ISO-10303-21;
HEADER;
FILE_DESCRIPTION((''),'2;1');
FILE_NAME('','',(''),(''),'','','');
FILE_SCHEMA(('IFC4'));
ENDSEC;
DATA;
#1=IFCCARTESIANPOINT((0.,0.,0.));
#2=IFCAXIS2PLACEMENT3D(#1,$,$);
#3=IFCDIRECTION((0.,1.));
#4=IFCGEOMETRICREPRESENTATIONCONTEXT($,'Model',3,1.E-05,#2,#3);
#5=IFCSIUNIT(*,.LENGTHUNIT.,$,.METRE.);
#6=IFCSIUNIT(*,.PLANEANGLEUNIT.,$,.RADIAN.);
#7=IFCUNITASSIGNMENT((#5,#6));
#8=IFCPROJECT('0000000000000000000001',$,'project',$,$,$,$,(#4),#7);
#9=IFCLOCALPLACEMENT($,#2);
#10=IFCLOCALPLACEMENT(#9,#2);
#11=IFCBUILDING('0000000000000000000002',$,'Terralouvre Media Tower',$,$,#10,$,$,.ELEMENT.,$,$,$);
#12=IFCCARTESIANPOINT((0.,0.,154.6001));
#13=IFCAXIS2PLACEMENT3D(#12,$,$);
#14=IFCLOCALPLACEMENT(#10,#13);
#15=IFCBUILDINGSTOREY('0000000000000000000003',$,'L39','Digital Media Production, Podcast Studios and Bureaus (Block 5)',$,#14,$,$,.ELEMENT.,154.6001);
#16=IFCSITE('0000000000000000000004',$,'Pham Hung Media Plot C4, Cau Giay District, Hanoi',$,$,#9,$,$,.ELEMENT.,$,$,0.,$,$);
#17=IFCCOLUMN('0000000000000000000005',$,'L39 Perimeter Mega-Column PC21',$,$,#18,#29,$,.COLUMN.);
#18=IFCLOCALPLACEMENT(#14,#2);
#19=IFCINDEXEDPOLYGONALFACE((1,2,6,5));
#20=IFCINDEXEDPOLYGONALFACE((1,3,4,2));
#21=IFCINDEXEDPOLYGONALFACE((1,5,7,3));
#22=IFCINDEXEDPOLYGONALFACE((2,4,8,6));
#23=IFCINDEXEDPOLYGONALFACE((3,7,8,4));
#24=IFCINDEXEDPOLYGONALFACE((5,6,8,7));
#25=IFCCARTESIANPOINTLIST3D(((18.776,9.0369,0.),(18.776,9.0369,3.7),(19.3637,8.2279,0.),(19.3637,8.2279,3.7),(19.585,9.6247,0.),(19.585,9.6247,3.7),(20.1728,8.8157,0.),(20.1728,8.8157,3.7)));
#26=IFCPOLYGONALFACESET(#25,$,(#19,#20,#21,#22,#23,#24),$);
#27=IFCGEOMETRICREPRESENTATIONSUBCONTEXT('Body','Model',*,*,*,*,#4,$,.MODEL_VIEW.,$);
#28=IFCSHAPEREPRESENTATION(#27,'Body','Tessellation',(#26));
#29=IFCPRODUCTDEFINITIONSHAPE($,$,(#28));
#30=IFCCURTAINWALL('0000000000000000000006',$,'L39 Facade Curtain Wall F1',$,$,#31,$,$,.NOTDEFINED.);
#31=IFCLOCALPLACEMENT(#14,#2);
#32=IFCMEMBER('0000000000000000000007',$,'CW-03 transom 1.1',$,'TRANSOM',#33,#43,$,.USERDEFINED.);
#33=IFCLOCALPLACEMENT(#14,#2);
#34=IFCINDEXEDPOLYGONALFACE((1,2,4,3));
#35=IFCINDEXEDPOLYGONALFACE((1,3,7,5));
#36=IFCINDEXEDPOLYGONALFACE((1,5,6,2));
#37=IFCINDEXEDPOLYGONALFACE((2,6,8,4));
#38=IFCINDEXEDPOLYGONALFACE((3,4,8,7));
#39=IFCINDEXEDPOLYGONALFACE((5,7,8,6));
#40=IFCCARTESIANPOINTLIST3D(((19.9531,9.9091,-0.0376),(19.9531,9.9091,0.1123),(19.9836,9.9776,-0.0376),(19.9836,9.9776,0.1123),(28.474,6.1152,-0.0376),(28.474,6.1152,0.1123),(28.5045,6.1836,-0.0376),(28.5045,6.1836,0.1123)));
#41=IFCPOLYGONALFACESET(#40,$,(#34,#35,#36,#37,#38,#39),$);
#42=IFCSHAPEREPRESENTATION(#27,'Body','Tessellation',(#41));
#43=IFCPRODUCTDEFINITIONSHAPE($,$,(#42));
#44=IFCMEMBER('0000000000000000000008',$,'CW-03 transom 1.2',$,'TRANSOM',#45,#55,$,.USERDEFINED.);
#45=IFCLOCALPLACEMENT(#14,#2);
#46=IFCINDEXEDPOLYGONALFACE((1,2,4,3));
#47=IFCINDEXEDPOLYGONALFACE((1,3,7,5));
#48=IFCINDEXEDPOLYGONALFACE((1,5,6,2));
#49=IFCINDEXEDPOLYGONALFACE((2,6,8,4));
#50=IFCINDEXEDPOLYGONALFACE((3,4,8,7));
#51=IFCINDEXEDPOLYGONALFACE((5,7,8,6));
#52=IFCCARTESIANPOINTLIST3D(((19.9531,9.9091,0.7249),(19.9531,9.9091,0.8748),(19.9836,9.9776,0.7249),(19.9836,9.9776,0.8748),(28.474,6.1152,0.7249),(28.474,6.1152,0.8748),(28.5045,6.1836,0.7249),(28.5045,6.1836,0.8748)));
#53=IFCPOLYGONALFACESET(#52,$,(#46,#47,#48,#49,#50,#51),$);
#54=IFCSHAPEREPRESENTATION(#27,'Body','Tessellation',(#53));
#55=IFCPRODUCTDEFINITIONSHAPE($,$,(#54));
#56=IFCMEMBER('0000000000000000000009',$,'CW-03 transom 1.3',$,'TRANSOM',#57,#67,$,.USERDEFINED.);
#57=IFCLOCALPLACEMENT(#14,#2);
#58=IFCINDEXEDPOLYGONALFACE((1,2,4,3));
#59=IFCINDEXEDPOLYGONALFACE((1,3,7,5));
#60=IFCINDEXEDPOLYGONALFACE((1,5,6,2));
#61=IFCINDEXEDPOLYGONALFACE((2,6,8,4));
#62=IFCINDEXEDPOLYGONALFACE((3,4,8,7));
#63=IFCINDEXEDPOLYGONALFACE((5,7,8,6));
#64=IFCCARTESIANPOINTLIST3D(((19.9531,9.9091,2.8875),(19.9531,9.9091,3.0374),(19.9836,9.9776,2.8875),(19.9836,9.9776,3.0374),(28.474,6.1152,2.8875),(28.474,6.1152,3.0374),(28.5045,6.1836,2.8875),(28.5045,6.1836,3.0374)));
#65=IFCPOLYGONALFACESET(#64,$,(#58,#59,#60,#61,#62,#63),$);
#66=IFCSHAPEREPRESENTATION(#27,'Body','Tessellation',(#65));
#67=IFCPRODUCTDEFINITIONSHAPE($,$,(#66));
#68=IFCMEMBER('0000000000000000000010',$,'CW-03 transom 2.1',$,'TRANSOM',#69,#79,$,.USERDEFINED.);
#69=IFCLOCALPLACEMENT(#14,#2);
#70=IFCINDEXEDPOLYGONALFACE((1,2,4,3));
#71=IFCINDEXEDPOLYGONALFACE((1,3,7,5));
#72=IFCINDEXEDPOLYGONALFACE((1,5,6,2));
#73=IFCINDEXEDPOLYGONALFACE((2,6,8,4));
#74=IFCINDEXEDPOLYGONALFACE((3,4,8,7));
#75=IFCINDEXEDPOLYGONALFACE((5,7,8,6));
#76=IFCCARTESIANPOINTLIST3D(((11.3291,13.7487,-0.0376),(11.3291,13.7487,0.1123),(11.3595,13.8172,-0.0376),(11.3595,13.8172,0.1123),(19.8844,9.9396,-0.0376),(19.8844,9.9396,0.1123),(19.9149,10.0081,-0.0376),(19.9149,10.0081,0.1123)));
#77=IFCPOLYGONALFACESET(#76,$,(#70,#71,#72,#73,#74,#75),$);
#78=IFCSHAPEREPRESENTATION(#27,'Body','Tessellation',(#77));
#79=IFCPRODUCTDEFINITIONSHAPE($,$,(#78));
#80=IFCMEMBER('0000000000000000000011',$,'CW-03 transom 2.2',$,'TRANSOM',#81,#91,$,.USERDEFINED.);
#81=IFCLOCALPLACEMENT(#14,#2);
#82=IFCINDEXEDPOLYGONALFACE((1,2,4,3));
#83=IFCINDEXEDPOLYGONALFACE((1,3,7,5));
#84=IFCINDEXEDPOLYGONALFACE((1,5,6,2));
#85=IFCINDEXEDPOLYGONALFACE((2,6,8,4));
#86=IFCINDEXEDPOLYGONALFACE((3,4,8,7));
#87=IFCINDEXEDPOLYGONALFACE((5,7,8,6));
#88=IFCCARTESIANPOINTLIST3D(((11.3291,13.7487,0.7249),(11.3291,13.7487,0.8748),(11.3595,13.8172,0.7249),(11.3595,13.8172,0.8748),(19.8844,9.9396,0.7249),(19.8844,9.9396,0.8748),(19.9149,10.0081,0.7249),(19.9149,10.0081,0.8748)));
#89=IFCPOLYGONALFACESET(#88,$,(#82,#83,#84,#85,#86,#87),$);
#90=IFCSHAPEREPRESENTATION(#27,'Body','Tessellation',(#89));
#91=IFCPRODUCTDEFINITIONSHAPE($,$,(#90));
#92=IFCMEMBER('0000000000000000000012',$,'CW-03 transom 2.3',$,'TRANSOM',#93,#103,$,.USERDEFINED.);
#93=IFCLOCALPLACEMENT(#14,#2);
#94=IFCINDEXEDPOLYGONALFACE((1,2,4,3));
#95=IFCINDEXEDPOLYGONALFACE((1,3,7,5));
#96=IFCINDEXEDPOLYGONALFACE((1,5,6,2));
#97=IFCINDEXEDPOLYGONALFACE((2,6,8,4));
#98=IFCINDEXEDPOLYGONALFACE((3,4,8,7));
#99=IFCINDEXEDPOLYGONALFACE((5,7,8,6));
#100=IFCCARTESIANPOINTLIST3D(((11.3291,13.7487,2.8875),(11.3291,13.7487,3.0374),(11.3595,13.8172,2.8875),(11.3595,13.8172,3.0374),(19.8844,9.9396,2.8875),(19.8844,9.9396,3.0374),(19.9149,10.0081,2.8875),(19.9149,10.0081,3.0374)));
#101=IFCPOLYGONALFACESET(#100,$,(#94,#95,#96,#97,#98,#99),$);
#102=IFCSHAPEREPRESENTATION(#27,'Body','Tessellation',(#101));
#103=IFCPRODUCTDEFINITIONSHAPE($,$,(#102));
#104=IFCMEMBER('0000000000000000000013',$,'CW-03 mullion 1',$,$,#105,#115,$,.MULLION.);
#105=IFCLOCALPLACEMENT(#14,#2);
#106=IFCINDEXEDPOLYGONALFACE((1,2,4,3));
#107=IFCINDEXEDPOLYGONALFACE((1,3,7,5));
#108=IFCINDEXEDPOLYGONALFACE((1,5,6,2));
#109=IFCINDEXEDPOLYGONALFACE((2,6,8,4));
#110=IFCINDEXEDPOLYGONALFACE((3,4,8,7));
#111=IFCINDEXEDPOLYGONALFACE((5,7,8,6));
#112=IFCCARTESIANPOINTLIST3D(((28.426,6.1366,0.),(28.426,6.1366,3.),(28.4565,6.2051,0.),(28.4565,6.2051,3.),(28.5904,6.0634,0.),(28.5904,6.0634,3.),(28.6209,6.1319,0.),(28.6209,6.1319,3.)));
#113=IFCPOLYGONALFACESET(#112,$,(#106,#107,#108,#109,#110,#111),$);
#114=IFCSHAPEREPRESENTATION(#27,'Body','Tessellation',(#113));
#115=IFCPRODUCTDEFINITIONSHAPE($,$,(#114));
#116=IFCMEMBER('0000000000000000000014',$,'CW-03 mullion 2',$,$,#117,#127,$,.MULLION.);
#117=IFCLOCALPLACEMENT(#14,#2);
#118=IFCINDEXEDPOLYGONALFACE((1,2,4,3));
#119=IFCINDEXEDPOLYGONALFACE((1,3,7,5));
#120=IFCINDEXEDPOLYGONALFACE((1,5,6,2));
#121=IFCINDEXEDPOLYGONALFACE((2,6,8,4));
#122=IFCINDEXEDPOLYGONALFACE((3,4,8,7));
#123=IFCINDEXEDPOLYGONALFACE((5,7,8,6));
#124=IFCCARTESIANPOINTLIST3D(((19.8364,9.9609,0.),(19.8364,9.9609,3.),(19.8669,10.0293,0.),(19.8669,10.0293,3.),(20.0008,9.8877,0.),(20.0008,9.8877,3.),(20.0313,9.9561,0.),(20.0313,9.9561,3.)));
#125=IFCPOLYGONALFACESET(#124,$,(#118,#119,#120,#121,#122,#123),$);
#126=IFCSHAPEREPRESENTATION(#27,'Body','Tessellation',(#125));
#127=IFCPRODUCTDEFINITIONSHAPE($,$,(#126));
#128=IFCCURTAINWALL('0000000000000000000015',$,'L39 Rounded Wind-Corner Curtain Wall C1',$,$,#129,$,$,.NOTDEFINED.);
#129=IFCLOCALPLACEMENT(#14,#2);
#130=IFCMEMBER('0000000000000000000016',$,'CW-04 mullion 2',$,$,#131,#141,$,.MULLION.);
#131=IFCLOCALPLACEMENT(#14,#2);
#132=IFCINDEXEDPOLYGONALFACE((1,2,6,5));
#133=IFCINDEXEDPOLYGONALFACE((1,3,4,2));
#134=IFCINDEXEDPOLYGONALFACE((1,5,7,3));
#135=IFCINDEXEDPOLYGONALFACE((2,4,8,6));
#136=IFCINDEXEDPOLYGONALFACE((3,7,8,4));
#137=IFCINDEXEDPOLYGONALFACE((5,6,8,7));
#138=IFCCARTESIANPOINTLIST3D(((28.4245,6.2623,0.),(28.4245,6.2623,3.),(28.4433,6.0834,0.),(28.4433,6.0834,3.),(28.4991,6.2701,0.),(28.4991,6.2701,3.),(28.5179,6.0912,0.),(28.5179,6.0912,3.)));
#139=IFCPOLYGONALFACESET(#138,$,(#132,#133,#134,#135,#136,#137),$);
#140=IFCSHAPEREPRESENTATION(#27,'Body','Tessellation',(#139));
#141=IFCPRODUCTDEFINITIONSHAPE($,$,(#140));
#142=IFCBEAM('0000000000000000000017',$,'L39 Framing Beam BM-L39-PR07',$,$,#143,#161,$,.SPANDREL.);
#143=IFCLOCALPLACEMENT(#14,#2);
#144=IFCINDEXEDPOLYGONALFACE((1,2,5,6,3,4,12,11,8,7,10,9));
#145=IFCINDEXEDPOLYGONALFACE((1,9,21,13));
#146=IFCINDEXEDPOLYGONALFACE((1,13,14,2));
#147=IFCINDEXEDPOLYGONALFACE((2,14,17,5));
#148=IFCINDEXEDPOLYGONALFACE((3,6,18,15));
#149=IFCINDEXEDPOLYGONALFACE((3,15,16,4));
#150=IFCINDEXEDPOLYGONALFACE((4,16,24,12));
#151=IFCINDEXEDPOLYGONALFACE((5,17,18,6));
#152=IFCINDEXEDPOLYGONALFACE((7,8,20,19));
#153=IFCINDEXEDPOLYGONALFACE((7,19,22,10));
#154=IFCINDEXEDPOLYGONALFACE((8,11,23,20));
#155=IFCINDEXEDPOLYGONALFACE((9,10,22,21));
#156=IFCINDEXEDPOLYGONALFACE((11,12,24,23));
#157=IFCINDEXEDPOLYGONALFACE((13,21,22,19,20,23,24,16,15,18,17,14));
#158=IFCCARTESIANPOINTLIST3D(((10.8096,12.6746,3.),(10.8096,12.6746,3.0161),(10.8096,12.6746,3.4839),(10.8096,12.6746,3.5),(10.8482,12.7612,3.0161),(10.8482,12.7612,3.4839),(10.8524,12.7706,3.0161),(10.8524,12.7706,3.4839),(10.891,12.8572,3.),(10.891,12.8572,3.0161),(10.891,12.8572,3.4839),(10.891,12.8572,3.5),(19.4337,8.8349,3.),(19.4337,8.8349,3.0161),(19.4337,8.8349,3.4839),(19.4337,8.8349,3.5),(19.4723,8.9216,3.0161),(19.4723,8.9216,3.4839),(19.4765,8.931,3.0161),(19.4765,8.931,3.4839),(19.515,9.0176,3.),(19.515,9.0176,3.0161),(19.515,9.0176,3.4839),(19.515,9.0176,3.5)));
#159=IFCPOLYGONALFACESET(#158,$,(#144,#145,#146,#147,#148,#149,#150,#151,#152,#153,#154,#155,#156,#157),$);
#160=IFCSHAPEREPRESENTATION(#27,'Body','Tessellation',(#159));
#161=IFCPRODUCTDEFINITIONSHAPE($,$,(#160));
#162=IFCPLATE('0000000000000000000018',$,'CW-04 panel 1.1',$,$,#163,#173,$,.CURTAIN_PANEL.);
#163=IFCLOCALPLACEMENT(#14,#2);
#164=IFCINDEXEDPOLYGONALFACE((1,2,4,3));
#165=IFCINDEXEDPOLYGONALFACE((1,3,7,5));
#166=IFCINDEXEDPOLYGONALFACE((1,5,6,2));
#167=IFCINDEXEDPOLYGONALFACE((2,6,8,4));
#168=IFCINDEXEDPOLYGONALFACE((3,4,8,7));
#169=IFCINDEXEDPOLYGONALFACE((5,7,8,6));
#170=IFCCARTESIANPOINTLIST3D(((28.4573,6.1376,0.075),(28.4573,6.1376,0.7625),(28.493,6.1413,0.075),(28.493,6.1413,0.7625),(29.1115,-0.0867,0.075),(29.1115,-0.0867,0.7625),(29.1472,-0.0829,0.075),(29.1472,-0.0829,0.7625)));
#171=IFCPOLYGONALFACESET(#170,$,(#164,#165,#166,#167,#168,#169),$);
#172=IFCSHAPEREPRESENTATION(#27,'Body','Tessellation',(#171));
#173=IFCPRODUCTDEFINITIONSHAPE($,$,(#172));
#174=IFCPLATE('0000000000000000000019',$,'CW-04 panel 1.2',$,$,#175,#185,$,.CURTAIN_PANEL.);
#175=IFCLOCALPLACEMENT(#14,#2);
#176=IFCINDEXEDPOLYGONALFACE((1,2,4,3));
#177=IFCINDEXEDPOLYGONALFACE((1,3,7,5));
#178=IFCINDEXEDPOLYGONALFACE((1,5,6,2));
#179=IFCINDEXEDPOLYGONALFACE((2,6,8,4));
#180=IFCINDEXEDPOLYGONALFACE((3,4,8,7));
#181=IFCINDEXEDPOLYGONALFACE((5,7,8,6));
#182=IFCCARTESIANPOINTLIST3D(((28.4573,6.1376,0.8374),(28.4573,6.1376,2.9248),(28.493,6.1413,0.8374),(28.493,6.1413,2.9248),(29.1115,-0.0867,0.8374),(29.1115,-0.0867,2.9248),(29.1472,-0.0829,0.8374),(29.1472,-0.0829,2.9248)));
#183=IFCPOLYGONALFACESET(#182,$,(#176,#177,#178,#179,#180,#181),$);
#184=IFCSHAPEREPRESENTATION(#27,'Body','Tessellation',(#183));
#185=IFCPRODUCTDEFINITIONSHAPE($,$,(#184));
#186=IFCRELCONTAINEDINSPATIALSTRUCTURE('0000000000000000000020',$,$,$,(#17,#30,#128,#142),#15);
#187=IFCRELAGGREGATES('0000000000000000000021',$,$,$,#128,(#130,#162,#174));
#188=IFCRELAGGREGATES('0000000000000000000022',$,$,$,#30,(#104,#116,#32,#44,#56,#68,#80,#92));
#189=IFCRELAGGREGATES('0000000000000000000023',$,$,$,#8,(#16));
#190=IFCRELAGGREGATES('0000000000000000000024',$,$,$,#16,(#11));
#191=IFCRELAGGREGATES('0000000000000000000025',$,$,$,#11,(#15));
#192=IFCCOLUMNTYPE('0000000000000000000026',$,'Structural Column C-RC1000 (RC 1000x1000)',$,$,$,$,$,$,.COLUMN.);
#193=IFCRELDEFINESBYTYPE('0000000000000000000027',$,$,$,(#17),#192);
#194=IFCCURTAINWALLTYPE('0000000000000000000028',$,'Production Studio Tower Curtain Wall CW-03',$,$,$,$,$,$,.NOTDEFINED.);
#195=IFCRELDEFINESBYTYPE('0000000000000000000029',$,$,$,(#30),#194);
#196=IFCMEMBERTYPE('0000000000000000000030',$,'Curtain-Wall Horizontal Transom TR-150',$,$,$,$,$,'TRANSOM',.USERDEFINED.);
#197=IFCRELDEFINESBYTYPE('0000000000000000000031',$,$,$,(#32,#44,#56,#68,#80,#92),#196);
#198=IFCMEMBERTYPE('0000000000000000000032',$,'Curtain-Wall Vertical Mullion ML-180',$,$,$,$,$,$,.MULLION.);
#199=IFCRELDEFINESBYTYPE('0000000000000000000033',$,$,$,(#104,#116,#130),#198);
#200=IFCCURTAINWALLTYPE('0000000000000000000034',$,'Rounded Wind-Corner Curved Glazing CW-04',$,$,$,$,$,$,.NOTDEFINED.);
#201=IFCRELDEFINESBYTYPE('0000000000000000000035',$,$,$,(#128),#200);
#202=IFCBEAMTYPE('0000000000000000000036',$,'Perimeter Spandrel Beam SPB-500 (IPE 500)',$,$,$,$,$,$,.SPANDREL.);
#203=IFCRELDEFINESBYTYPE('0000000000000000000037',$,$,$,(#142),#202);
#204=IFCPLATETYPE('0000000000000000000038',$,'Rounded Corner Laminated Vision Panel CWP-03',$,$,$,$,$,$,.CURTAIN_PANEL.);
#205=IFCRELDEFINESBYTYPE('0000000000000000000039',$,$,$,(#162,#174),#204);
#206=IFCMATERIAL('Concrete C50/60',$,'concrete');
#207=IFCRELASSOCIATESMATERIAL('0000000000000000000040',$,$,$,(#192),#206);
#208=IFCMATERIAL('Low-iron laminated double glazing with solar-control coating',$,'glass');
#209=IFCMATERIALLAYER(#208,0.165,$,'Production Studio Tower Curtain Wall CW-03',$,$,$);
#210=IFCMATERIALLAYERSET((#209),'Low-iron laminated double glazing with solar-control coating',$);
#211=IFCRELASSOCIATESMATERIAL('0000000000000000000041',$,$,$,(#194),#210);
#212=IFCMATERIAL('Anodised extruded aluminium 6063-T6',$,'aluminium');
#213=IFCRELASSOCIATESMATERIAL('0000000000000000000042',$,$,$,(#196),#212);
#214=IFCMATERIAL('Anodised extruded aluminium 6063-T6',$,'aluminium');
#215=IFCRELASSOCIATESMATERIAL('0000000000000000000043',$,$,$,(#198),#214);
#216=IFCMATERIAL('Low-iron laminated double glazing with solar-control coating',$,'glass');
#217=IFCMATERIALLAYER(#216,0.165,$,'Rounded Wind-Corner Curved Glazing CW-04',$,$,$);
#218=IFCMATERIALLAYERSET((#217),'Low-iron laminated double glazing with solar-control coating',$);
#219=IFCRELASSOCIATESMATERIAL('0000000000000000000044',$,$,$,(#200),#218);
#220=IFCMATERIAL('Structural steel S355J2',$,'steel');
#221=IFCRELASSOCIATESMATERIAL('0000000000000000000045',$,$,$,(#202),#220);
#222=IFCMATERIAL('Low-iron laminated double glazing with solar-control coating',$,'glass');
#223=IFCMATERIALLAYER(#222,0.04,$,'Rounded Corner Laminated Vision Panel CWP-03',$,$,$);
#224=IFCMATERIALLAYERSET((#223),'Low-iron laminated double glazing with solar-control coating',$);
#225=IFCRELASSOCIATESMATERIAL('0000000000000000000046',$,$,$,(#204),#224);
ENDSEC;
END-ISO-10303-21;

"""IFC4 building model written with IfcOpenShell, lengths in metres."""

from ifc_helpers import new_model, si_unit, direction, frame, origin, origin_2d, place, context, subcontext, project, spatial, rectangle, i_section, extrude, material, layer, layer_set, material_profile, profile_set, type_object, element, aggregate, save


model = new_model("IFC4")

# Units and contexts
model_context = context("Model", 3, precision=1e-05, world=origin(), true_north=direction((0.0, 1.0)))
body_context = subcontext(model_context, "Body", "Model", "MODEL_VIEW")
ifc_project = project(units=[si_unit("LENGTHUNIT", "METRE"), si_unit("PLANEANGLEUNIT", "RADIAN")], contexts=[model_context])

# Site, building, storey
site_placement = place(None, origin())
site = spatial("IfcSite", under=ifc_project, at=site_placement, Name="Pham Hung Media Plot C4, Cau Giay District, Hanoi", CompositionType="ELEMENT", RefElevation=0.0)
building_placement = place(site_placement, origin())
building = spatial("IfcBuilding", under=site, at=building_placement, Name="Terralouvre Media Tower", CompositionType="ELEMENT")
storey_placement = place(building_placement, frame((0.0, 0.0, 154.6001)))
storey = spatial("IfcBuildingStorey", under=building, at=storey_placement, Name="L39", Description="Digital Media Production, Podcast Studios and Bureaus (Block 5)", CompositionType="ELEMENT", Elevation=154.6001)

# Column
ifc_material_1 = material(Name="Concrete C50/60", Category="concrete")
ifc_material_profile_1 = material_profile(ifc_material_1, rectangle(XDim=1.0, YDim=1.0, at=origin_2d()), Name="RC 1000x1000")
ifc_profile_set_1 = profile_set([ifc_material_profile_1], Name="Concrete C50/60")
column_type = type_object("IfcColumnType", Name="Structural Column C-RC1000 (RC 1000x1000)", PredefinedType="COLUMN", material=ifc_profile_set_1)
column_placement = place(storey_placement, frame((19.4744, 8.9263, 0.0), z_axis=(0.0, 0.0, 1.0), x_axis=(0.809017, 0.587785, 0.0)))
element("IfcColumn", 1, at=column_placement, inside=storey, type_object=column_type, Name="L39 Perimeter Mega-Column PC21", PredefinedType="COLUMN", context=body_context, shape_type="SweptSolid", body=[
    extrude(rectangle(XDim=1.0, YDim=1.0, at=origin_2d()), origin(), (0.0, 0.0, 1.0), 3.7),
])

# Curtain wall, members
ifc_material_2 = material(Name="Low-iron laminated double glazing with solar-control coating", Category="glass")
ifc_layer_1 = layer(ifc_material_2, 0.165, Name="Production Studio Tower Curtain Wall CW-03")
ifc_layer_set_1 = layer_set([ifc_layer_1], Name="Low-iron laminated double glazing with solar-control coating")
curtain_wall_type_1 = type_object("IfcCurtainWallType", Name="Production Studio Tower Curtain Wall CW-03", PredefinedType="NOTDEFINED", material=ifc_layer_set_1)
curtain_wall_1_placement = place(storey_placement, origin())
curtain_wall_1 = element("IfcCurtainWall", 2, at=curtain_wall_1_placement, inside=storey, type_object=curtain_wall_type_1, Name="L39 Facade Curtain Wall F1", PredefinedType="NOTDEFINED")
ifc_material_3 = material(Name="Anodised extruded aluminium 6063-T6", Category="aluminium")
ifc_material_profile_2 = material_profile(ifc_material_3, rectangle(XDim=0.075, YDim=0.1499, at=origin_2d()), Name="ALU 75x150")
ifc_profile_set_2 = profile_set([ifc_material_profile_2], Name="Anodised extruded aluminium 6063-T6")
member_type_1 = type_object("IfcMemberType", Name="Curtain-Wall Horizontal Transom TR-150", ElementType="TRANSOM", PredefinedType="USERDEFINED", material=ifc_profile_set_2)
member_1_placement = place(storey_placement, frame((28.4893, 6.1494, 0.0374), z_axis=(-0.913539, 0.40675, 0.0), x_axis=(-0.40675, -0.913539, 0.0)))
member_1 = element("IfcMember", 3, at=member_1_placement, type_object=member_type_1, Name="CW-03 transom 1.1", ObjectType="TRANSOM", PredefinedType="USERDEFINED", context=body_context, shape_type="SweptSolid", body=[
    extrude(rectangle(XDim=0.075, YDim=0.1499, at=origin_2d()), origin(), (0.0, 0.0, 1.0), 9.3274),
])
member_2_placement = place(storey_placement, frame((28.4893, 6.1494, 0.7998), z_axis=(-0.913539, 0.40675, 0.0), x_axis=(-0.40675, -0.913539, 0.0)))
member_2 = element("IfcMember", 4, at=member_2_placement, type_object=member_type_1, Name="CW-03 transom 1.2", ObjectType="TRANSOM", PredefinedType="USERDEFINED", context=body_context, shape_type="SweptSolid", body=[
    extrude(rectangle(XDim=0.075, YDim=0.1499, at=origin_2d()), origin(), (0.0, 0.0, 1.0), 9.3274),
])
member_3_placement = place(storey_placement, frame((28.4893, 6.1494, 2.9624), z_axis=(-0.913539, 0.40675, 0.0), x_axis=(-0.40675, -0.913539, 0.0)))
member_3 = element("IfcMember", 5, at=member_3_placement, type_object=member_type_1, Name="CW-03 transom 1.3", ObjectType="TRANSOM", PredefinedType="USERDEFINED", context=body_context, shape_type="SweptSolid", body=[
    extrude(rectangle(XDim=0.075, YDim=0.1499, at=origin_2d()), origin(), (0.0, 0.0, 1.0), 9.3274),
])
member_4_placement = place(storey_placement, frame((19.8997, 9.9739, 0.0374), z_axis=(-0.913547, 0.406733, 0.0), x_axis=(-0.406733, -0.913547, 0.0)))
member_4 = element("IfcMember", 6, at=member_4_placement, type_object=member_type_1, Name="CW-03 transom 2.1", ObjectType="TRANSOM", PredefinedType="USERDEFINED", context=body_context, shape_type="SweptSolid", body=[
    extrude(rectangle(XDim=0.075, YDim=0.1499, at=origin_2d()), origin(), (0.0, 0.0, 1.0), 9.365),
])
member_5_placement = place(storey_placement, frame((19.8997, 9.9739, 0.7998), z_axis=(-0.913547, 0.406733, 0.0), x_axis=(-0.406733, -0.913547, 0.0)))
member_5 = element("IfcMember", 7, at=member_5_placement, type_object=member_type_1, Name="CW-03 transom 2.2", ObjectType="TRANSOM", PredefinedType="USERDEFINED", context=body_context, shape_type="SweptSolid", body=[
    extrude(rectangle(XDim=0.075, YDim=0.1499, at=origin_2d()), origin(), (0.0, 0.0, 1.0), 9.365),
])
member_6_placement = place(storey_placement, frame((19.8997, 9.9739, 2.9624), z_axis=(-0.913547, 0.406733, 0.0), x_axis=(-0.406733, -0.913547, 0.0)))
member_6 = element("IfcMember", 8, at=member_6_placement, type_object=member_type_1, Name="CW-03 transom 2.3", ObjectType="TRANSOM", PredefinedType="USERDEFINED", context=body_context, shape_type="SweptSolid", body=[
    extrude(rectangle(XDim=0.075, YDim=0.1499, at=origin_2d()), origin(), (0.0, 0.0, 1.0), 9.365),
])
ifc_material_4 = material(Name="Anodised extruded aluminium 6063-T6", Category="aluminium")
ifc_material_profile_3 = material_profile(ifc_material_4, rectangle(XDim=0.075, YDim=0.1799, at=origin_2d()), Name="ALU 75x180")
ifc_profile_set_3 = profile_set([ifc_material_profile_3], Name="Anodised extruded aluminium 6063-T6")
member_type_2 = type_object("IfcMemberType", Name="Curtain-Wall Vertical Mullion ML-180", PredefinedType="MULLION", material=ifc_profile_set_3)
member_7_placement = place(storey_placement, frame((28.5234, 6.1343, 0.0), z_axis=(0.0, 0.0, 1.0), x_axis=(-0.406737, -0.913545, 0.0)))
member_7 = element("IfcMember", 9, at=member_7_placement, type_object=member_type_2, Name="CW-03 mullion 1", PredefinedType="MULLION", context=body_context, shape_type="SweptSolid", body=[
    extrude(rectangle(XDim=0.075, YDim=0.1799, at=origin_2d()), origin(), (0.0, 0.0, 1.0), 3.0),
])
member_8_placement = place(storey_placement, frame((19.9338, 9.9585, 0.0), z_axis=(0.0, 0.0, 1.0), x_axis=(-0.406737, -0.913545, 0.0)))
member_8 = element("IfcMember", 10, at=member_8_placement, type_object=member_type_2, Name="CW-03 mullion 2", PredefinedType="MULLION", context=body_context, shape_type="SweptSolid", body=[
    extrude(rectangle(XDim=0.075, YDim=0.1799, at=origin_2d()), origin(), (0.0, 0.0, 1.0), 3.0),
])

# Curtain wall, member
ifc_material_5 = material(Name="Low-iron laminated double glazing with solar-control coating", Category="glass")
ifc_layer_2 = layer(ifc_material_5, 0.165, Name="Rounded Wind-Corner Curved Glazing CW-04")
ifc_layer_set_2 = layer_set([ifc_layer_2], Name="Low-iron laminated double glazing with solar-control coating")
curtain_wall_type_2 = type_object("IfcCurtainWallType", Name="Rounded Wind-Corner Curved Glazing CW-04", PredefinedType="NOTDEFINED", material=ifc_layer_set_2)
curtain_wall_2_placement = place(storey_placement, origin())
curtain_wall_2 = element("IfcCurtainWall", 11, at=curtain_wall_2_placement, inside=storey, type_object=curtain_wall_type_2, Name="L39 Rounded Wind-Corner Curtain Wall C1", PredefinedType="NOTDEFINED")
member_9_placement = place(storey_placement, frame((28.4712, 6.1768, 0.0), z_axis=(0.0, 0.0, 1.0), x_axis=(-0.994522, -0.104529, 0.0)))
member_9 = element("IfcMember", 12, at=member_9_placement, type_object=member_type_2, Name="CW-04 mullion 2", PredefinedType="MULLION", context=body_context, shape_type="SweptSolid", body=[
    extrude(rectangle(XDim=0.075, YDim=0.1799, at=origin_2d()), origin(), (0.0, 0.0, 1.0), 3.0),
])

# Beam
ifc_material_6 = material(Name="Structural steel S355J2", Category="steel")
ifc_material_profile_4 = material_profile(ifc_material_6, i_section(OverallWidth=0.2, OverallDepth=0.5, WebThickness=0.0103, FlangeThickness=0.0161, at=origin_2d()), Name="IPE 500")
ifc_profile_set_4 = profile_set([ifc_material_profile_4], Name="Structural steel S355J2")
beam_type = type_object("IfcBeamType", Name="Perimeter Spandrel Beam SPB-500 (IPE 500)", PredefinedType="SPANDREL", material=ifc_profile_set_4)
beam_placement = place(storey_placement, frame((19.4744, 8.9263, 3.25), z_axis=(-0.913548, 0.406731, 0.0), x_axis=(-0.406731, -0.913548, 0.0)))
element("IfcBeam", 13, at=beam_placement, inside=storey, type_object=beam_type, Name="L39 Framing Beam BM-L39-PR07", PredefinedType="SPANDREL", context=body_context, shape_type="SweptSolid", body=[
    extrude(i_section(OverallWidth=0.2, OverallDepth=0.5, WebThickness=0.0103, FlangeThickness=0.0161, at=origin_2d()), origin(), (0.0, 0.0, 1.0), 9.4402),
])

# Plates
ifc_material_7 = material(Name="Low-iron laminated double glazing with solar-control coating", Category="glass")
ifc_layer_3 = layer(ifc_material_7, 0.04, Name="Rounded Corner Laminated Vision Panel CWP-03")
ifc_layer_set_3 = layer_set([ifc_layer_3], Name="Low-iron laminated double glazing with solar-control coating")
plate_type_1 = type_object("IfcPlateType", Name="Rounded Corner Laminated Vision Panel CWP-03", PredefinedType="CURTAIN_PANEL", material=ifc_layer_set_3)
plate_1_placement = place(storey_placement, frame((28.8022, 3.0273, 0.075), z_axis=(0.0, 0.0, 1.0), x_axis=(-0.104529, 0.994522, 0.0)))
plate_1 = element("IfcPlate", 14, at=plate_1_placement, type_object=plate_type_1, Name="CW-04 panel 1.1", PredefinedType="CURTAIN_PANEL", context=body_context, shape_type="SweptSolid", body=[
    extrude(rectangle(XDim=6.2585, YDim=0.0359, at=origin_2d()), origin(), (0.0, 0.0, 1.0), 0.6875),
])
plate_2_placement = place(storey_placement, frame((28.8022, 3.0273, 0.8374), z_axis=(0.0, 0.0, 1.0), x_axis=(-0.104529, 0.994522, 0.0)))
plate_2 = element("IfcPlate", 15, at=plate_2_placement, type_object=plate_type_1, Name="CW-04 panel 1.2", PredefinedType="CURTAIN_PANEL", context=body_context, shape_type="SweptSolid", body=[
    extrude(rectangle(XDim=6.2585, YDim=0.0359, at=origin_2d()), origin(), (0.0, 0.0, 1.0), 2.0874),
])
aggregate(curtain_wall_2, [member_9, plate_1, plate_2])
aggregate(curtain_wall_1, [member_7, member_8, member_1, member_2, member_3, member_4, member_5, member_6])

save(model, "model.ifc")
